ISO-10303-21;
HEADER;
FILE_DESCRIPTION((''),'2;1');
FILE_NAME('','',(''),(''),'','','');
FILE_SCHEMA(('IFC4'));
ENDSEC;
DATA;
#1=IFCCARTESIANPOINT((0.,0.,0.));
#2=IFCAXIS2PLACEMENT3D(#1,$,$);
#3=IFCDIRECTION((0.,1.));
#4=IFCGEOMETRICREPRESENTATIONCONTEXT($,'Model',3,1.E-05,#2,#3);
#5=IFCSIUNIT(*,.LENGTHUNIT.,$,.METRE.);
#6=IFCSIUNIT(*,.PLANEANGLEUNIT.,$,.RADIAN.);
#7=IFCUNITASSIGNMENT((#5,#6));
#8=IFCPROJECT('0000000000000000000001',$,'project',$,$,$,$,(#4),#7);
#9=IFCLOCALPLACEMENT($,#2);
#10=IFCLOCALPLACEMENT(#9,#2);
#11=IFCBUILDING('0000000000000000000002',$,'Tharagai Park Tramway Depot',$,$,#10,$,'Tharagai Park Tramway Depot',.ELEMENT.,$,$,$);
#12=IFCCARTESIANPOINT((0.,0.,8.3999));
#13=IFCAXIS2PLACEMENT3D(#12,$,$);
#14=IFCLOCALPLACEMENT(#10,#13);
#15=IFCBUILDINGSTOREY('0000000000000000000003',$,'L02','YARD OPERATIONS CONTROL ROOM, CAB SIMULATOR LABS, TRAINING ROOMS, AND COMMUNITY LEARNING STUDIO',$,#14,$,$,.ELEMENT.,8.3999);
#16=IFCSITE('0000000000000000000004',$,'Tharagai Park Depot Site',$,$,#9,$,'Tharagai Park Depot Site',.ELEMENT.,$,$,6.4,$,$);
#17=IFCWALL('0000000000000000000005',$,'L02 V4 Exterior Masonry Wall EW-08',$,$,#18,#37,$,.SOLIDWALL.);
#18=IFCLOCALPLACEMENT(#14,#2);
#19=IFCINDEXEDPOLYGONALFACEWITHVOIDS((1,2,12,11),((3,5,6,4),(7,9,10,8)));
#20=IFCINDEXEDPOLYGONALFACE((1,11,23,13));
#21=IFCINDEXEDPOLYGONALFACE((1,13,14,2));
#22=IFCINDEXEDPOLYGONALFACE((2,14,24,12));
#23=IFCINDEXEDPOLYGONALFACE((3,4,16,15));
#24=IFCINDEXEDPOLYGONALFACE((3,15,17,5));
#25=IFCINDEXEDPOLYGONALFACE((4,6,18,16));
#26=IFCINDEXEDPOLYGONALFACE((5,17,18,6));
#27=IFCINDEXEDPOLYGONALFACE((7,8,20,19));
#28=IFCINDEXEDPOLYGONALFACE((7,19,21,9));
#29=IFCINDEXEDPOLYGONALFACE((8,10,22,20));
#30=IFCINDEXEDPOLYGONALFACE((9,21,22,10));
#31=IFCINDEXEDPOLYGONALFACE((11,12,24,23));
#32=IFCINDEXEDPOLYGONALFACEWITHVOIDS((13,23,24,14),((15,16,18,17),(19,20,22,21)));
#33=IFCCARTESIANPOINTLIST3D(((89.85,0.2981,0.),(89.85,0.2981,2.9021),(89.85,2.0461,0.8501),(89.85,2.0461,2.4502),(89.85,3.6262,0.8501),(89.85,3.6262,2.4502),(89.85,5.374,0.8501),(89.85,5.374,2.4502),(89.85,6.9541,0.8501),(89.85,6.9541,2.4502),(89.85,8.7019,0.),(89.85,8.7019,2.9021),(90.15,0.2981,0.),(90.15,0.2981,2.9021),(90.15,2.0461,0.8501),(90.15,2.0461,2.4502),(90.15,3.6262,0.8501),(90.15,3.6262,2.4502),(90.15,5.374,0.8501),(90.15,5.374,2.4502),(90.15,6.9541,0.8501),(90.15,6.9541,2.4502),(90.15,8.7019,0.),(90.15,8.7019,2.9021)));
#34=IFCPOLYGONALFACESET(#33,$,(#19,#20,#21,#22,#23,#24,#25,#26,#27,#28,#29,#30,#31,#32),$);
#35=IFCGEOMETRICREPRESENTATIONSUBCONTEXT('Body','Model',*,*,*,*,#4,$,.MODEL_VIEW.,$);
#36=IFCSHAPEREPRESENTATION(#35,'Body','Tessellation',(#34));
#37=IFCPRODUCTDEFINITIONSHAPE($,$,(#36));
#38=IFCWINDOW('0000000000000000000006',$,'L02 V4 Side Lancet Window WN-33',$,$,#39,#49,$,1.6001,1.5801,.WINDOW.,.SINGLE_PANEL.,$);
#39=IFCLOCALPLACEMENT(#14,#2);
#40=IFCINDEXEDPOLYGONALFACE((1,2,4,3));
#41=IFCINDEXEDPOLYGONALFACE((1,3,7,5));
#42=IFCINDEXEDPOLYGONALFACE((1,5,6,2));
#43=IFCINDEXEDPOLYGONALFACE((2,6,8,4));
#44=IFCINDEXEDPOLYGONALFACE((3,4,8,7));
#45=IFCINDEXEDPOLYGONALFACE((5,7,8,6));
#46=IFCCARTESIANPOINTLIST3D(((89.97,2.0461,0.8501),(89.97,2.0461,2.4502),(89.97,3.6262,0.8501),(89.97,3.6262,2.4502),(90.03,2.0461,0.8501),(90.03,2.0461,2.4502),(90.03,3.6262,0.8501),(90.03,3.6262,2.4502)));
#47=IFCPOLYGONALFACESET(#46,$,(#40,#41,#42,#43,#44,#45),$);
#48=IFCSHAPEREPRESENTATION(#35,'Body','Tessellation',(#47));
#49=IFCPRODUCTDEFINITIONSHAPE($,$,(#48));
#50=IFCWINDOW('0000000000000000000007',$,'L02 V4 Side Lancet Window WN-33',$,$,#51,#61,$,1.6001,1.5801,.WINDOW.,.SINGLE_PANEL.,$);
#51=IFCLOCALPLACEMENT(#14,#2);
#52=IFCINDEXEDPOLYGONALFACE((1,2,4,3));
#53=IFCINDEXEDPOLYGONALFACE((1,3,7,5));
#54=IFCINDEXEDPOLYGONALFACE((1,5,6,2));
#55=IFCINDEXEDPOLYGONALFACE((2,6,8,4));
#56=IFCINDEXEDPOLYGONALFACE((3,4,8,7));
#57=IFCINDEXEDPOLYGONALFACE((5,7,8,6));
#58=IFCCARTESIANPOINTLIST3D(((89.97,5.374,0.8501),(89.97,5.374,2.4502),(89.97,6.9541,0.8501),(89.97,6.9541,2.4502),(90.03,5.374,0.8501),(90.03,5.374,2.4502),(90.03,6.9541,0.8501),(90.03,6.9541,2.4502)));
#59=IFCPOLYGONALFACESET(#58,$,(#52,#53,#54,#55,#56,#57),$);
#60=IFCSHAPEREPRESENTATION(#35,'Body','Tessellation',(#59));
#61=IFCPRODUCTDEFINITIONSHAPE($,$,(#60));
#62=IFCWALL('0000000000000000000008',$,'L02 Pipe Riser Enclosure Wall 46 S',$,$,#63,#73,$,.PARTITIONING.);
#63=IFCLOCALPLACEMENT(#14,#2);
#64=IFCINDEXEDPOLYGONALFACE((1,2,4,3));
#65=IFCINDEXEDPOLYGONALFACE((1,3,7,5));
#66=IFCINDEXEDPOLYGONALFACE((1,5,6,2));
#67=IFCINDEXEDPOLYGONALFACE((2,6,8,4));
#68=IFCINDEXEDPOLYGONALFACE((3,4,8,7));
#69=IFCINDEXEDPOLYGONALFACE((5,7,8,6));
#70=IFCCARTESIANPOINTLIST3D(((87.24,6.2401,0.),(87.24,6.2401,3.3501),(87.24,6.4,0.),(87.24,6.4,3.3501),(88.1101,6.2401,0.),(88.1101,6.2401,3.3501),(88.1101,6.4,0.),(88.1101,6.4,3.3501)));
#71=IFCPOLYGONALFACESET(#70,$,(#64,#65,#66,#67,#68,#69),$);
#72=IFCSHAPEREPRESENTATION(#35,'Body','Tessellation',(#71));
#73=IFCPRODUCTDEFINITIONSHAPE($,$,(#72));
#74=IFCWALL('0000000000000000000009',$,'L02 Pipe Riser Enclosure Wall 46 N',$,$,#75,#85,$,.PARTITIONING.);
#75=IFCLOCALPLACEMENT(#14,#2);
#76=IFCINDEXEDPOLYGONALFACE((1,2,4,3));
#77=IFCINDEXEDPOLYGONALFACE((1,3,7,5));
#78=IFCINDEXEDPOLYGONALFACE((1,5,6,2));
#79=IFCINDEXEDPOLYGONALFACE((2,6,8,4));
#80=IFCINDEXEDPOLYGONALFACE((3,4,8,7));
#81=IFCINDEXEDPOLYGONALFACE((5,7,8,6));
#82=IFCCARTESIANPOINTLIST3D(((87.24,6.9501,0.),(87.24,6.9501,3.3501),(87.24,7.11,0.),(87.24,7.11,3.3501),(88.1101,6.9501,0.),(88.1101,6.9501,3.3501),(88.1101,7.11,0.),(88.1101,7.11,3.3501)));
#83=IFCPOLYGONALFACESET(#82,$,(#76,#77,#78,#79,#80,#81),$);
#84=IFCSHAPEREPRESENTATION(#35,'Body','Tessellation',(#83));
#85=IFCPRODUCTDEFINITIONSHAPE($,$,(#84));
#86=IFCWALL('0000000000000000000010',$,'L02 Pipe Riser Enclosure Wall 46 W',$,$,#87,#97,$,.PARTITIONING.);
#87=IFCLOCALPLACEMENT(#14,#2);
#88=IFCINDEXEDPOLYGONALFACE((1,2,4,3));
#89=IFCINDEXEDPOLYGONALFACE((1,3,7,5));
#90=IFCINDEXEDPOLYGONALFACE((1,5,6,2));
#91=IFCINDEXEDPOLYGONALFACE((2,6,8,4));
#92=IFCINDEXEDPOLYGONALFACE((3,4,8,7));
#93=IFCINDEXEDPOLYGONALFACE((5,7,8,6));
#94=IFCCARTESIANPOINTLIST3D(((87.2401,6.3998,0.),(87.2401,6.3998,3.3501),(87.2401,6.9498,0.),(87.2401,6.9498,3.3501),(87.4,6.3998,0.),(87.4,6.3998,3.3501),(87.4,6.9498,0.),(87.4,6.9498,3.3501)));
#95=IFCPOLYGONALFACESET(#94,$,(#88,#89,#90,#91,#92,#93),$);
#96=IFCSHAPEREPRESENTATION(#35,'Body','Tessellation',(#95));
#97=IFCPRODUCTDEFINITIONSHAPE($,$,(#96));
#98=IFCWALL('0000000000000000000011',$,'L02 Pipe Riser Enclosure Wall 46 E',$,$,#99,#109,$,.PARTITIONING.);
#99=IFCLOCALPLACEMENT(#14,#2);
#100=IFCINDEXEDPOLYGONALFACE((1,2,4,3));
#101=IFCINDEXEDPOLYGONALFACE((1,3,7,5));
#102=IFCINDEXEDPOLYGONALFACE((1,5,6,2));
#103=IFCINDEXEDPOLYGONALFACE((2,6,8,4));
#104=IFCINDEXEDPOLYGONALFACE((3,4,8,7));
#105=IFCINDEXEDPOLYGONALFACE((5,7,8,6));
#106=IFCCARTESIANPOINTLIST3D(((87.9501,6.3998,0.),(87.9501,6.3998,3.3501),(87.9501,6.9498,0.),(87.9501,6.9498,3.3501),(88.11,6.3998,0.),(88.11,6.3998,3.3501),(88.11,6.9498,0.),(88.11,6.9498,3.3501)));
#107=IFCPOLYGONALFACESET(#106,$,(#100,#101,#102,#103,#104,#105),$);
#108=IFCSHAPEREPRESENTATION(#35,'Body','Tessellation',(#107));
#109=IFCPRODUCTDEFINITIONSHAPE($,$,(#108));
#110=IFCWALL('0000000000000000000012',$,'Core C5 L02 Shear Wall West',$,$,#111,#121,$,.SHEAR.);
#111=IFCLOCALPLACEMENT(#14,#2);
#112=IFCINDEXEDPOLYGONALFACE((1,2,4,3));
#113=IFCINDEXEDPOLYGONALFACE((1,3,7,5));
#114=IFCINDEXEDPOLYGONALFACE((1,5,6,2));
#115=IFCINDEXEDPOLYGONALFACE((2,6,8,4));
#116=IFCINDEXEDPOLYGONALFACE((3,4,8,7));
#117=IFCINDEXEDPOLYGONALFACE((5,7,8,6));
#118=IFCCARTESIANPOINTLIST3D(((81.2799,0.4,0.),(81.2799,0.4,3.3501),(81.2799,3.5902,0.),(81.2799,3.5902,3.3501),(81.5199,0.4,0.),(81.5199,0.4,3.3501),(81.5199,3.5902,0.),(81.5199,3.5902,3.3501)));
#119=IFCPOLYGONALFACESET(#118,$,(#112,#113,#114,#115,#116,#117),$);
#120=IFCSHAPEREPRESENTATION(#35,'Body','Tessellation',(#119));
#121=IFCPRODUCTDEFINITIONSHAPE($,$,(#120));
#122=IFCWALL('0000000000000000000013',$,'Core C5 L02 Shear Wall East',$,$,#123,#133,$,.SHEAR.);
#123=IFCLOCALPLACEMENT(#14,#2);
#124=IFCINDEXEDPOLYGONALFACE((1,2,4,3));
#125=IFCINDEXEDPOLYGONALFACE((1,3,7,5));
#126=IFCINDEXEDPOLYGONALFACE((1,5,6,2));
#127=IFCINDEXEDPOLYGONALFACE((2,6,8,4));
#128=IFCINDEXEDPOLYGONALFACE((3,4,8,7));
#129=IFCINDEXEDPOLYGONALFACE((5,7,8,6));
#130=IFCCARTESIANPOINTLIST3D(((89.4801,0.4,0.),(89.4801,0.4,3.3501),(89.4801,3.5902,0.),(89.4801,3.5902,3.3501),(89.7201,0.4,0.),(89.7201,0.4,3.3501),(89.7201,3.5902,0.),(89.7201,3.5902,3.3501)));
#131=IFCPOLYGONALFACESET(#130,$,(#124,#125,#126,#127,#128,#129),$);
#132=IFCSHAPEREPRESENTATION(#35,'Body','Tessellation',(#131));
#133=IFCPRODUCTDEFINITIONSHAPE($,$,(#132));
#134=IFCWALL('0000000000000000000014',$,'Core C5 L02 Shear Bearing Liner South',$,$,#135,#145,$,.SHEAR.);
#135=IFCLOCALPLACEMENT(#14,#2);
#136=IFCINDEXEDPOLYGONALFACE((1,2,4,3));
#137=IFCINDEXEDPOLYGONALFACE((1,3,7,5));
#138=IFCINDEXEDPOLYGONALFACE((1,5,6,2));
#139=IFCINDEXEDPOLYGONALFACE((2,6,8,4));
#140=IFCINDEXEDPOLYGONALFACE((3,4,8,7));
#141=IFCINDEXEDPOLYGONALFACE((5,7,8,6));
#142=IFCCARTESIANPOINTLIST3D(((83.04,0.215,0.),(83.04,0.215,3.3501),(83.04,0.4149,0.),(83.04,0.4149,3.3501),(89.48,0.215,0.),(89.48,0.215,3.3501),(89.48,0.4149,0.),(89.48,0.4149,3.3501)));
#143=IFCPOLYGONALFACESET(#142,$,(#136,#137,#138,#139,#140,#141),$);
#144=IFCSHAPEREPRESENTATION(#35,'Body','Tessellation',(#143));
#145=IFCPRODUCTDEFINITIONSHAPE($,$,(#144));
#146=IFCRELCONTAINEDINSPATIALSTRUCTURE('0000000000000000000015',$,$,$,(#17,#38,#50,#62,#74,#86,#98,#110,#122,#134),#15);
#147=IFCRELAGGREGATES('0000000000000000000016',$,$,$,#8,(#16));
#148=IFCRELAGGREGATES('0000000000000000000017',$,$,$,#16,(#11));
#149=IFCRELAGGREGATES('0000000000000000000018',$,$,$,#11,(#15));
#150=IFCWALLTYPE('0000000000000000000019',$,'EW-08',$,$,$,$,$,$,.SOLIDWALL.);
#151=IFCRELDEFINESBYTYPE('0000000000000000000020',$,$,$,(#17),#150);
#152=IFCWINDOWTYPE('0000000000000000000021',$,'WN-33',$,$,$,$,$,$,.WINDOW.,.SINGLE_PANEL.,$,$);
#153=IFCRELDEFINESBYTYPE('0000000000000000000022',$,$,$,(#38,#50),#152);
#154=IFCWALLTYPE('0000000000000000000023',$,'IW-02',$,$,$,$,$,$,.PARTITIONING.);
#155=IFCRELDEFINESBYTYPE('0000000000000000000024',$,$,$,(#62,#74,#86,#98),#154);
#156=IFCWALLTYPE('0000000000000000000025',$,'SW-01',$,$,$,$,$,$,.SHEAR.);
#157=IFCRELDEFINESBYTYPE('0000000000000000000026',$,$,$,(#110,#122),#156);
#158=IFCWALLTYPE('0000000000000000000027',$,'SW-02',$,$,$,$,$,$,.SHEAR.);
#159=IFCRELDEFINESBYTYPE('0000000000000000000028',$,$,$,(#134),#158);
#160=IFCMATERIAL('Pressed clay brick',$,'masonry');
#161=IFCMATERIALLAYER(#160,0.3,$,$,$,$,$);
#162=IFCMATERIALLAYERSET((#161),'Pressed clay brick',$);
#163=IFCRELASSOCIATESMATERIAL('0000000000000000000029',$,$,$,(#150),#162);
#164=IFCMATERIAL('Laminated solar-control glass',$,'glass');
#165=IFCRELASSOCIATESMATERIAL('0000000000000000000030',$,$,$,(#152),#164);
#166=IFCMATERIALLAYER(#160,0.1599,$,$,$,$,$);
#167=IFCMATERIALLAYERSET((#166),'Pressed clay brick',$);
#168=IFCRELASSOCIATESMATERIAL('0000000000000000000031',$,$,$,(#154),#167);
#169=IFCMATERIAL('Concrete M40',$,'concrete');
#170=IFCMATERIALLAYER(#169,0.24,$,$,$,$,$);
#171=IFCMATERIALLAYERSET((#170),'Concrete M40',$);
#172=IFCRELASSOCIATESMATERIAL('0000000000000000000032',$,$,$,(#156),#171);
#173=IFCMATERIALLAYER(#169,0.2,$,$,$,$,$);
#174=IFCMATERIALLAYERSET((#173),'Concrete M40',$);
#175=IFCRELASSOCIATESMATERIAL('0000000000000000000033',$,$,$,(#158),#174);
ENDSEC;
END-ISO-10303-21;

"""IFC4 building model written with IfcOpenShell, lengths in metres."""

from ifc_helpers import new_model, si_unit, direction, frame, frame_2d, origin, place, context, subcontext, project, spatial, rectangle, extrude, material, layer, layer_set, type_object, element, fill, save


model = new_model("IFC4")

# Units and contexts
model_context = context("Model", 3, precision=1e-05, world=origin(), true_north=direction((0.0, 1.0)))
body_context = subcontext(model_context, "Body", "Model", "MODEL_VIEW")
ifc_project = project(units=[si_unit("LENGTHUNIT", "METRE"), si_unit("PLANEANGLEUNIT", "RADIAN")], contexts=[model_context])

# Site, building, storey
site_placement = place(None, origin())
site = spatial("IfcSite", under=ifc_project, at=site_placement, Name="Tharagai Park Depot Site", LongName="Tharagai Park Depot Site", CompositionType="ELEMENT", RefElevation=6.4)
building_placement = place(site_placement, origin())
building = spatial("IfcBuilding", under=site, at=building_placement, Name="Tharagai Park Tramway Depot", LongName="Tharagai Park Tramway Depot", CompositionType="ELEMENT")
storey_placement = place(building_placement, frame((0.0, 0.0, 8.3999)))
storey = spatial("IfcBuildingStorey", under=building, at=storey_placement, Name="L02", Description="YARD OPERATIONS CONTROL ROOM, CAB SIMULATOR LABS, TRAINING ROOMS, AND COMMUNITY LEARNING STUDIO", CompositionType="ELEMENT", Elevation=8.3999)

# Shared definitions
ifc_material_1 = material(Name="Concrete M40", Category="concrete")

# Wall, openings, windows
ifc_material_2 = material(Name="Pressed clay brick", Category="masonry")
ifc_layer_1 = layer(ifc_material_2, 0.3)
ifc_layer_set_1 = layer_set([ifc_layer_1], Name="Pressed clay brick")
wall_type_1 = type_object("IfcWallType", Name="EW-08", PredefinedType="SOLIDWALL", material=ifc_layer_set_1)
wall_1_placement = place(storey_placement, frame((90.0, 0.2981, 0.0), z_axis=(0.0, 0.0, 1.0), x_axis=(0.0, 1.0, 0.0)))
wall_1 = element("IfcWall", 1, at=wall_1_placement, inside=storey, type_object=wall_type_1, Name="L02 V4 Exterior Masonry Wall EW-08", PredefinedType="SOLIDWALL", context=body_context, shape_type="SweptSolid", body=[
    extrude(rectangle(XDim=8.4038, YDim=0.3, at=frame_2d((4.2019, 0.0))), origin(), (0.0, 0.0, 1.0), 2.9021),
])
opening_1_placement = place(wall_1_placement, frame((1.748, 0.0, 0.8501)))
opening_1 = element("IfcOpeningElement", 2, at=opening_1_placement, cuts=wall_1, PredefinedType="OPENING", context=body_context, shape_type="SweptSolid", body=[
    extrude(rectangle(XDim=1.5801, YDim=1.6001, at=frame_2d((0.79, 0.8))), frame((0.0, 0.1599, 0.0), z_axis=(0.0, -1.0, 0.0), x_axis=(1.0, 0.0, 0.0)), (0.0, 0.0, 1.0), 0.3201),
])
opening_2_placement = place(wall_1_placement, frame((5.0759, 0.0, 0.8501)))
opening_2 = element("IfcOpeningElement", 3, at=opening_2_placement, cuts=wall_1, PredefinedType="OPENING", context=body_context, shape_type="SweptSolid", body=[
    extrude(rectangle(XDim=1.5801, YDim=1.6001, at=frame_2d((0.79, 0.8))), frame((0.0, 0.1599, 0.0), z_axis=(0.0, -1.0, 0.0), x_axis=(1.0, 0.0, 0.0)), (0.0, 0.0, 1.0), 0.3201),
])
ifc_material_3 = material(Name="Laminated solar-control glass", Category="glass")
window_type = type_object("IfcWindowType", Name="WN-33", PartitioningType="SINGLE_PANEL", PredefinedType="WINDOW", material=ifc_material_3)
window_1_placement = place(opening_1_placement, origin())
window_1 = element("IfcWindow", 4, at=window_1_placement, inside=storey, type_object=window_type, Name="L02 V4 Side Lancet Window WN-33", OverallHeight=1.6001, OverallWidth=1.5801, PartitioningType="SINGLE_PANEL", PredefinedType="WINDOW", context=body_context, shape_type="SweptSolid", body=[
    extrude(rectangle(XDim=1.5801, YDim=1.6001, at=frame_2d((0.79, 0.8))), frame((0.0, 0.03, 0.0), z_axis=(0.0, -1.0, 0.0), x_axis=(1.0, 0.0, 0.0)), (0.0, 0.0, 1.0), 0.0601),
])
fill(opening_1, window_1)
window_2_placement = place(opening_2_placement, origin())
window_2 = element("IfcWindow", 5, at=window_2_placement, inside=storey, type_object=window_type, Name="L02 V4 Side Lancet Window WN-33", OverallHeight=1.6001, OverallWidth=1.5801, PartitioningType="SINGLE_PANEL", PredefinedType="WINDOW", context=body_context, shape_type="SweptSolid", body=[
    extrude(rectangle(XDim=1.5801, YDim=1.6001, at=frame_2d((0.79, 0.8))), frame((0.0, 0.03, 0.0), z_axis=(0.0, -1.0, 0.0), x_axis=(1.0, 0.0, 0.0)), (0.0, 0.0, 1.0), 0.0601),
])
fill(opening_2, window_2)

# Walls
ifc_layer_2 = layer(ifc_material_2, 0.1599)
ifc_layer_set_2 = layer_set([ifc_layer_2], Name="Pressed clay brick")
wall_type_2 = type_object("IfcWallType", Name="IW-02", PredefinedType="PARTITIONING", material=ifc_layer_set_2)
for number, where, z_axis, x_axis, name in (
    (6, (87.24, 6.3201, 0.0), (0.0, 0.0, 1.0), (1.0, 0.0, 0.0), "L02 Pipe Riser Enclosure Wall 46 S"),
    (7, (87.24, 7.03, 0.0), (0.0, 0.0, 1.0), (1.0, 0.0, 0.0), "L02 Pipe Riser Enclosure Wall 46 N"),
):
    element("IfcWall", number, at=place(storey_placement, frame(where, z_axis=z_axis, x_axis=x_axis)), inside=storey, type_object=wall_type_2, Name=name, PredefinedType="PARTITIONING", context=body_context, shape_type="SweptSolid", body=[
        extrude(rectangle(XDim=0.8701, YDim=0.1599, at=frame_2d((0.4351, 0.0))), origin(), (0.0, 0.0, 1.0), 3.3501),
    ])
for number, where, z_axis, x_axis, name in (
    (8, (87.3201, 6.3999, 0.0), (0.0, 0.0, 1.0), (0.0, 1.0, 0.0), "L02 Pipe Riser Enclosure Wall 46 W"),
    (9, (88.03, 6.3999, 0.0), (0.0, 0.0, 1.0), (0.0, 1.0, 0.0), "L02 Pipe Riser Enclosure Wall 46 E"),
):
    element("IfcWall", number, at=place(storey_placement, frame(where, z_axis=z_axis, x_axis=x_axis)), inside=storey, type_object=wall_type_2, Name=name, PredefinedType="PARTITIONING", context=body_context, shape_type="SweptSolid", body=[
        extrude(rectangle(XDim=0.55, YDim=0.1599, at=frame_2d((0.2749, 0.0))), origin(), (0.0, 0.0, 1.0), 3.3501),
    ])
ifc_layer_3 = layer(ifc_material_1, 0.24)
ifc_layer_set_3 = layer_set([ifc_layer_3], Name="Concrete M40")
wall_type_3 = type_object("IfcWallType", Name="SW-01", PredefinedType="SHEAR", material=ifc_layer_set_3)
for number, where, z_axis, x_axis, name in (
    (10, (81.3999, 0.3999, 0.0), (0.0, 0.0, 1.0), (0.0, 1.0, 0.0), "Core C5 L02 Shear Wall West"),
    (11, (89.6001, 0.3999, 0.0), (0.0, 0.0, 1.0), (0.0, 1.0, 0.0), "Core C5 L02 Shear Wall East"),
):
    element("IfcWall", number, at=place(storey_placement, frame(where, z_axis=z_axis, x_axis=x_axis)), inside=storey, type_object=wall_type_3, Name=name, PredefinedType="SHEAR", context=body_context, shape_type="SweptSolid", body=[
        extrude(rectangle(XDim=3.1902, YDim=0.24, at=frame_2d((1.5952, 0.0))), origin(), (0.0, 0.0, 1.0), 3.3501),
    ])
ifc_layer_4 = layer(ifc_material_1, 0.2)
ifc_layer_set_4 = layer_set([ifc_layer_4], Name="Concrete M40")
wall_type_4 = type_object("IfcWallType", Name="SW-02", PredefinedType="SHEAR", material=ifc_layer_set_4)
wall_2_placement = place(storey_placement, frame((83.04, 0.3149, 0.0), z_axis=(0.0, 0.0, 1.0), x_axis=(1.0, 0.0, 0.0)))
element("IfcWall", 12, at=wall_2_placement, inside=storey, type_object=wall_type_4, Name="Core C5 L02 Shear Bearing Liner South", PredefinedType="SHEAR", context=body_context, shape_type="SweptSolid", body=[
    extrude(rectangle(XDim=6.4399, YDim=0.2, at=frame_2d((3.22, 0.0))), origin(), (0.0, 0.0, 1.0), 3.3501),
])

save(model, "model.ifc")
